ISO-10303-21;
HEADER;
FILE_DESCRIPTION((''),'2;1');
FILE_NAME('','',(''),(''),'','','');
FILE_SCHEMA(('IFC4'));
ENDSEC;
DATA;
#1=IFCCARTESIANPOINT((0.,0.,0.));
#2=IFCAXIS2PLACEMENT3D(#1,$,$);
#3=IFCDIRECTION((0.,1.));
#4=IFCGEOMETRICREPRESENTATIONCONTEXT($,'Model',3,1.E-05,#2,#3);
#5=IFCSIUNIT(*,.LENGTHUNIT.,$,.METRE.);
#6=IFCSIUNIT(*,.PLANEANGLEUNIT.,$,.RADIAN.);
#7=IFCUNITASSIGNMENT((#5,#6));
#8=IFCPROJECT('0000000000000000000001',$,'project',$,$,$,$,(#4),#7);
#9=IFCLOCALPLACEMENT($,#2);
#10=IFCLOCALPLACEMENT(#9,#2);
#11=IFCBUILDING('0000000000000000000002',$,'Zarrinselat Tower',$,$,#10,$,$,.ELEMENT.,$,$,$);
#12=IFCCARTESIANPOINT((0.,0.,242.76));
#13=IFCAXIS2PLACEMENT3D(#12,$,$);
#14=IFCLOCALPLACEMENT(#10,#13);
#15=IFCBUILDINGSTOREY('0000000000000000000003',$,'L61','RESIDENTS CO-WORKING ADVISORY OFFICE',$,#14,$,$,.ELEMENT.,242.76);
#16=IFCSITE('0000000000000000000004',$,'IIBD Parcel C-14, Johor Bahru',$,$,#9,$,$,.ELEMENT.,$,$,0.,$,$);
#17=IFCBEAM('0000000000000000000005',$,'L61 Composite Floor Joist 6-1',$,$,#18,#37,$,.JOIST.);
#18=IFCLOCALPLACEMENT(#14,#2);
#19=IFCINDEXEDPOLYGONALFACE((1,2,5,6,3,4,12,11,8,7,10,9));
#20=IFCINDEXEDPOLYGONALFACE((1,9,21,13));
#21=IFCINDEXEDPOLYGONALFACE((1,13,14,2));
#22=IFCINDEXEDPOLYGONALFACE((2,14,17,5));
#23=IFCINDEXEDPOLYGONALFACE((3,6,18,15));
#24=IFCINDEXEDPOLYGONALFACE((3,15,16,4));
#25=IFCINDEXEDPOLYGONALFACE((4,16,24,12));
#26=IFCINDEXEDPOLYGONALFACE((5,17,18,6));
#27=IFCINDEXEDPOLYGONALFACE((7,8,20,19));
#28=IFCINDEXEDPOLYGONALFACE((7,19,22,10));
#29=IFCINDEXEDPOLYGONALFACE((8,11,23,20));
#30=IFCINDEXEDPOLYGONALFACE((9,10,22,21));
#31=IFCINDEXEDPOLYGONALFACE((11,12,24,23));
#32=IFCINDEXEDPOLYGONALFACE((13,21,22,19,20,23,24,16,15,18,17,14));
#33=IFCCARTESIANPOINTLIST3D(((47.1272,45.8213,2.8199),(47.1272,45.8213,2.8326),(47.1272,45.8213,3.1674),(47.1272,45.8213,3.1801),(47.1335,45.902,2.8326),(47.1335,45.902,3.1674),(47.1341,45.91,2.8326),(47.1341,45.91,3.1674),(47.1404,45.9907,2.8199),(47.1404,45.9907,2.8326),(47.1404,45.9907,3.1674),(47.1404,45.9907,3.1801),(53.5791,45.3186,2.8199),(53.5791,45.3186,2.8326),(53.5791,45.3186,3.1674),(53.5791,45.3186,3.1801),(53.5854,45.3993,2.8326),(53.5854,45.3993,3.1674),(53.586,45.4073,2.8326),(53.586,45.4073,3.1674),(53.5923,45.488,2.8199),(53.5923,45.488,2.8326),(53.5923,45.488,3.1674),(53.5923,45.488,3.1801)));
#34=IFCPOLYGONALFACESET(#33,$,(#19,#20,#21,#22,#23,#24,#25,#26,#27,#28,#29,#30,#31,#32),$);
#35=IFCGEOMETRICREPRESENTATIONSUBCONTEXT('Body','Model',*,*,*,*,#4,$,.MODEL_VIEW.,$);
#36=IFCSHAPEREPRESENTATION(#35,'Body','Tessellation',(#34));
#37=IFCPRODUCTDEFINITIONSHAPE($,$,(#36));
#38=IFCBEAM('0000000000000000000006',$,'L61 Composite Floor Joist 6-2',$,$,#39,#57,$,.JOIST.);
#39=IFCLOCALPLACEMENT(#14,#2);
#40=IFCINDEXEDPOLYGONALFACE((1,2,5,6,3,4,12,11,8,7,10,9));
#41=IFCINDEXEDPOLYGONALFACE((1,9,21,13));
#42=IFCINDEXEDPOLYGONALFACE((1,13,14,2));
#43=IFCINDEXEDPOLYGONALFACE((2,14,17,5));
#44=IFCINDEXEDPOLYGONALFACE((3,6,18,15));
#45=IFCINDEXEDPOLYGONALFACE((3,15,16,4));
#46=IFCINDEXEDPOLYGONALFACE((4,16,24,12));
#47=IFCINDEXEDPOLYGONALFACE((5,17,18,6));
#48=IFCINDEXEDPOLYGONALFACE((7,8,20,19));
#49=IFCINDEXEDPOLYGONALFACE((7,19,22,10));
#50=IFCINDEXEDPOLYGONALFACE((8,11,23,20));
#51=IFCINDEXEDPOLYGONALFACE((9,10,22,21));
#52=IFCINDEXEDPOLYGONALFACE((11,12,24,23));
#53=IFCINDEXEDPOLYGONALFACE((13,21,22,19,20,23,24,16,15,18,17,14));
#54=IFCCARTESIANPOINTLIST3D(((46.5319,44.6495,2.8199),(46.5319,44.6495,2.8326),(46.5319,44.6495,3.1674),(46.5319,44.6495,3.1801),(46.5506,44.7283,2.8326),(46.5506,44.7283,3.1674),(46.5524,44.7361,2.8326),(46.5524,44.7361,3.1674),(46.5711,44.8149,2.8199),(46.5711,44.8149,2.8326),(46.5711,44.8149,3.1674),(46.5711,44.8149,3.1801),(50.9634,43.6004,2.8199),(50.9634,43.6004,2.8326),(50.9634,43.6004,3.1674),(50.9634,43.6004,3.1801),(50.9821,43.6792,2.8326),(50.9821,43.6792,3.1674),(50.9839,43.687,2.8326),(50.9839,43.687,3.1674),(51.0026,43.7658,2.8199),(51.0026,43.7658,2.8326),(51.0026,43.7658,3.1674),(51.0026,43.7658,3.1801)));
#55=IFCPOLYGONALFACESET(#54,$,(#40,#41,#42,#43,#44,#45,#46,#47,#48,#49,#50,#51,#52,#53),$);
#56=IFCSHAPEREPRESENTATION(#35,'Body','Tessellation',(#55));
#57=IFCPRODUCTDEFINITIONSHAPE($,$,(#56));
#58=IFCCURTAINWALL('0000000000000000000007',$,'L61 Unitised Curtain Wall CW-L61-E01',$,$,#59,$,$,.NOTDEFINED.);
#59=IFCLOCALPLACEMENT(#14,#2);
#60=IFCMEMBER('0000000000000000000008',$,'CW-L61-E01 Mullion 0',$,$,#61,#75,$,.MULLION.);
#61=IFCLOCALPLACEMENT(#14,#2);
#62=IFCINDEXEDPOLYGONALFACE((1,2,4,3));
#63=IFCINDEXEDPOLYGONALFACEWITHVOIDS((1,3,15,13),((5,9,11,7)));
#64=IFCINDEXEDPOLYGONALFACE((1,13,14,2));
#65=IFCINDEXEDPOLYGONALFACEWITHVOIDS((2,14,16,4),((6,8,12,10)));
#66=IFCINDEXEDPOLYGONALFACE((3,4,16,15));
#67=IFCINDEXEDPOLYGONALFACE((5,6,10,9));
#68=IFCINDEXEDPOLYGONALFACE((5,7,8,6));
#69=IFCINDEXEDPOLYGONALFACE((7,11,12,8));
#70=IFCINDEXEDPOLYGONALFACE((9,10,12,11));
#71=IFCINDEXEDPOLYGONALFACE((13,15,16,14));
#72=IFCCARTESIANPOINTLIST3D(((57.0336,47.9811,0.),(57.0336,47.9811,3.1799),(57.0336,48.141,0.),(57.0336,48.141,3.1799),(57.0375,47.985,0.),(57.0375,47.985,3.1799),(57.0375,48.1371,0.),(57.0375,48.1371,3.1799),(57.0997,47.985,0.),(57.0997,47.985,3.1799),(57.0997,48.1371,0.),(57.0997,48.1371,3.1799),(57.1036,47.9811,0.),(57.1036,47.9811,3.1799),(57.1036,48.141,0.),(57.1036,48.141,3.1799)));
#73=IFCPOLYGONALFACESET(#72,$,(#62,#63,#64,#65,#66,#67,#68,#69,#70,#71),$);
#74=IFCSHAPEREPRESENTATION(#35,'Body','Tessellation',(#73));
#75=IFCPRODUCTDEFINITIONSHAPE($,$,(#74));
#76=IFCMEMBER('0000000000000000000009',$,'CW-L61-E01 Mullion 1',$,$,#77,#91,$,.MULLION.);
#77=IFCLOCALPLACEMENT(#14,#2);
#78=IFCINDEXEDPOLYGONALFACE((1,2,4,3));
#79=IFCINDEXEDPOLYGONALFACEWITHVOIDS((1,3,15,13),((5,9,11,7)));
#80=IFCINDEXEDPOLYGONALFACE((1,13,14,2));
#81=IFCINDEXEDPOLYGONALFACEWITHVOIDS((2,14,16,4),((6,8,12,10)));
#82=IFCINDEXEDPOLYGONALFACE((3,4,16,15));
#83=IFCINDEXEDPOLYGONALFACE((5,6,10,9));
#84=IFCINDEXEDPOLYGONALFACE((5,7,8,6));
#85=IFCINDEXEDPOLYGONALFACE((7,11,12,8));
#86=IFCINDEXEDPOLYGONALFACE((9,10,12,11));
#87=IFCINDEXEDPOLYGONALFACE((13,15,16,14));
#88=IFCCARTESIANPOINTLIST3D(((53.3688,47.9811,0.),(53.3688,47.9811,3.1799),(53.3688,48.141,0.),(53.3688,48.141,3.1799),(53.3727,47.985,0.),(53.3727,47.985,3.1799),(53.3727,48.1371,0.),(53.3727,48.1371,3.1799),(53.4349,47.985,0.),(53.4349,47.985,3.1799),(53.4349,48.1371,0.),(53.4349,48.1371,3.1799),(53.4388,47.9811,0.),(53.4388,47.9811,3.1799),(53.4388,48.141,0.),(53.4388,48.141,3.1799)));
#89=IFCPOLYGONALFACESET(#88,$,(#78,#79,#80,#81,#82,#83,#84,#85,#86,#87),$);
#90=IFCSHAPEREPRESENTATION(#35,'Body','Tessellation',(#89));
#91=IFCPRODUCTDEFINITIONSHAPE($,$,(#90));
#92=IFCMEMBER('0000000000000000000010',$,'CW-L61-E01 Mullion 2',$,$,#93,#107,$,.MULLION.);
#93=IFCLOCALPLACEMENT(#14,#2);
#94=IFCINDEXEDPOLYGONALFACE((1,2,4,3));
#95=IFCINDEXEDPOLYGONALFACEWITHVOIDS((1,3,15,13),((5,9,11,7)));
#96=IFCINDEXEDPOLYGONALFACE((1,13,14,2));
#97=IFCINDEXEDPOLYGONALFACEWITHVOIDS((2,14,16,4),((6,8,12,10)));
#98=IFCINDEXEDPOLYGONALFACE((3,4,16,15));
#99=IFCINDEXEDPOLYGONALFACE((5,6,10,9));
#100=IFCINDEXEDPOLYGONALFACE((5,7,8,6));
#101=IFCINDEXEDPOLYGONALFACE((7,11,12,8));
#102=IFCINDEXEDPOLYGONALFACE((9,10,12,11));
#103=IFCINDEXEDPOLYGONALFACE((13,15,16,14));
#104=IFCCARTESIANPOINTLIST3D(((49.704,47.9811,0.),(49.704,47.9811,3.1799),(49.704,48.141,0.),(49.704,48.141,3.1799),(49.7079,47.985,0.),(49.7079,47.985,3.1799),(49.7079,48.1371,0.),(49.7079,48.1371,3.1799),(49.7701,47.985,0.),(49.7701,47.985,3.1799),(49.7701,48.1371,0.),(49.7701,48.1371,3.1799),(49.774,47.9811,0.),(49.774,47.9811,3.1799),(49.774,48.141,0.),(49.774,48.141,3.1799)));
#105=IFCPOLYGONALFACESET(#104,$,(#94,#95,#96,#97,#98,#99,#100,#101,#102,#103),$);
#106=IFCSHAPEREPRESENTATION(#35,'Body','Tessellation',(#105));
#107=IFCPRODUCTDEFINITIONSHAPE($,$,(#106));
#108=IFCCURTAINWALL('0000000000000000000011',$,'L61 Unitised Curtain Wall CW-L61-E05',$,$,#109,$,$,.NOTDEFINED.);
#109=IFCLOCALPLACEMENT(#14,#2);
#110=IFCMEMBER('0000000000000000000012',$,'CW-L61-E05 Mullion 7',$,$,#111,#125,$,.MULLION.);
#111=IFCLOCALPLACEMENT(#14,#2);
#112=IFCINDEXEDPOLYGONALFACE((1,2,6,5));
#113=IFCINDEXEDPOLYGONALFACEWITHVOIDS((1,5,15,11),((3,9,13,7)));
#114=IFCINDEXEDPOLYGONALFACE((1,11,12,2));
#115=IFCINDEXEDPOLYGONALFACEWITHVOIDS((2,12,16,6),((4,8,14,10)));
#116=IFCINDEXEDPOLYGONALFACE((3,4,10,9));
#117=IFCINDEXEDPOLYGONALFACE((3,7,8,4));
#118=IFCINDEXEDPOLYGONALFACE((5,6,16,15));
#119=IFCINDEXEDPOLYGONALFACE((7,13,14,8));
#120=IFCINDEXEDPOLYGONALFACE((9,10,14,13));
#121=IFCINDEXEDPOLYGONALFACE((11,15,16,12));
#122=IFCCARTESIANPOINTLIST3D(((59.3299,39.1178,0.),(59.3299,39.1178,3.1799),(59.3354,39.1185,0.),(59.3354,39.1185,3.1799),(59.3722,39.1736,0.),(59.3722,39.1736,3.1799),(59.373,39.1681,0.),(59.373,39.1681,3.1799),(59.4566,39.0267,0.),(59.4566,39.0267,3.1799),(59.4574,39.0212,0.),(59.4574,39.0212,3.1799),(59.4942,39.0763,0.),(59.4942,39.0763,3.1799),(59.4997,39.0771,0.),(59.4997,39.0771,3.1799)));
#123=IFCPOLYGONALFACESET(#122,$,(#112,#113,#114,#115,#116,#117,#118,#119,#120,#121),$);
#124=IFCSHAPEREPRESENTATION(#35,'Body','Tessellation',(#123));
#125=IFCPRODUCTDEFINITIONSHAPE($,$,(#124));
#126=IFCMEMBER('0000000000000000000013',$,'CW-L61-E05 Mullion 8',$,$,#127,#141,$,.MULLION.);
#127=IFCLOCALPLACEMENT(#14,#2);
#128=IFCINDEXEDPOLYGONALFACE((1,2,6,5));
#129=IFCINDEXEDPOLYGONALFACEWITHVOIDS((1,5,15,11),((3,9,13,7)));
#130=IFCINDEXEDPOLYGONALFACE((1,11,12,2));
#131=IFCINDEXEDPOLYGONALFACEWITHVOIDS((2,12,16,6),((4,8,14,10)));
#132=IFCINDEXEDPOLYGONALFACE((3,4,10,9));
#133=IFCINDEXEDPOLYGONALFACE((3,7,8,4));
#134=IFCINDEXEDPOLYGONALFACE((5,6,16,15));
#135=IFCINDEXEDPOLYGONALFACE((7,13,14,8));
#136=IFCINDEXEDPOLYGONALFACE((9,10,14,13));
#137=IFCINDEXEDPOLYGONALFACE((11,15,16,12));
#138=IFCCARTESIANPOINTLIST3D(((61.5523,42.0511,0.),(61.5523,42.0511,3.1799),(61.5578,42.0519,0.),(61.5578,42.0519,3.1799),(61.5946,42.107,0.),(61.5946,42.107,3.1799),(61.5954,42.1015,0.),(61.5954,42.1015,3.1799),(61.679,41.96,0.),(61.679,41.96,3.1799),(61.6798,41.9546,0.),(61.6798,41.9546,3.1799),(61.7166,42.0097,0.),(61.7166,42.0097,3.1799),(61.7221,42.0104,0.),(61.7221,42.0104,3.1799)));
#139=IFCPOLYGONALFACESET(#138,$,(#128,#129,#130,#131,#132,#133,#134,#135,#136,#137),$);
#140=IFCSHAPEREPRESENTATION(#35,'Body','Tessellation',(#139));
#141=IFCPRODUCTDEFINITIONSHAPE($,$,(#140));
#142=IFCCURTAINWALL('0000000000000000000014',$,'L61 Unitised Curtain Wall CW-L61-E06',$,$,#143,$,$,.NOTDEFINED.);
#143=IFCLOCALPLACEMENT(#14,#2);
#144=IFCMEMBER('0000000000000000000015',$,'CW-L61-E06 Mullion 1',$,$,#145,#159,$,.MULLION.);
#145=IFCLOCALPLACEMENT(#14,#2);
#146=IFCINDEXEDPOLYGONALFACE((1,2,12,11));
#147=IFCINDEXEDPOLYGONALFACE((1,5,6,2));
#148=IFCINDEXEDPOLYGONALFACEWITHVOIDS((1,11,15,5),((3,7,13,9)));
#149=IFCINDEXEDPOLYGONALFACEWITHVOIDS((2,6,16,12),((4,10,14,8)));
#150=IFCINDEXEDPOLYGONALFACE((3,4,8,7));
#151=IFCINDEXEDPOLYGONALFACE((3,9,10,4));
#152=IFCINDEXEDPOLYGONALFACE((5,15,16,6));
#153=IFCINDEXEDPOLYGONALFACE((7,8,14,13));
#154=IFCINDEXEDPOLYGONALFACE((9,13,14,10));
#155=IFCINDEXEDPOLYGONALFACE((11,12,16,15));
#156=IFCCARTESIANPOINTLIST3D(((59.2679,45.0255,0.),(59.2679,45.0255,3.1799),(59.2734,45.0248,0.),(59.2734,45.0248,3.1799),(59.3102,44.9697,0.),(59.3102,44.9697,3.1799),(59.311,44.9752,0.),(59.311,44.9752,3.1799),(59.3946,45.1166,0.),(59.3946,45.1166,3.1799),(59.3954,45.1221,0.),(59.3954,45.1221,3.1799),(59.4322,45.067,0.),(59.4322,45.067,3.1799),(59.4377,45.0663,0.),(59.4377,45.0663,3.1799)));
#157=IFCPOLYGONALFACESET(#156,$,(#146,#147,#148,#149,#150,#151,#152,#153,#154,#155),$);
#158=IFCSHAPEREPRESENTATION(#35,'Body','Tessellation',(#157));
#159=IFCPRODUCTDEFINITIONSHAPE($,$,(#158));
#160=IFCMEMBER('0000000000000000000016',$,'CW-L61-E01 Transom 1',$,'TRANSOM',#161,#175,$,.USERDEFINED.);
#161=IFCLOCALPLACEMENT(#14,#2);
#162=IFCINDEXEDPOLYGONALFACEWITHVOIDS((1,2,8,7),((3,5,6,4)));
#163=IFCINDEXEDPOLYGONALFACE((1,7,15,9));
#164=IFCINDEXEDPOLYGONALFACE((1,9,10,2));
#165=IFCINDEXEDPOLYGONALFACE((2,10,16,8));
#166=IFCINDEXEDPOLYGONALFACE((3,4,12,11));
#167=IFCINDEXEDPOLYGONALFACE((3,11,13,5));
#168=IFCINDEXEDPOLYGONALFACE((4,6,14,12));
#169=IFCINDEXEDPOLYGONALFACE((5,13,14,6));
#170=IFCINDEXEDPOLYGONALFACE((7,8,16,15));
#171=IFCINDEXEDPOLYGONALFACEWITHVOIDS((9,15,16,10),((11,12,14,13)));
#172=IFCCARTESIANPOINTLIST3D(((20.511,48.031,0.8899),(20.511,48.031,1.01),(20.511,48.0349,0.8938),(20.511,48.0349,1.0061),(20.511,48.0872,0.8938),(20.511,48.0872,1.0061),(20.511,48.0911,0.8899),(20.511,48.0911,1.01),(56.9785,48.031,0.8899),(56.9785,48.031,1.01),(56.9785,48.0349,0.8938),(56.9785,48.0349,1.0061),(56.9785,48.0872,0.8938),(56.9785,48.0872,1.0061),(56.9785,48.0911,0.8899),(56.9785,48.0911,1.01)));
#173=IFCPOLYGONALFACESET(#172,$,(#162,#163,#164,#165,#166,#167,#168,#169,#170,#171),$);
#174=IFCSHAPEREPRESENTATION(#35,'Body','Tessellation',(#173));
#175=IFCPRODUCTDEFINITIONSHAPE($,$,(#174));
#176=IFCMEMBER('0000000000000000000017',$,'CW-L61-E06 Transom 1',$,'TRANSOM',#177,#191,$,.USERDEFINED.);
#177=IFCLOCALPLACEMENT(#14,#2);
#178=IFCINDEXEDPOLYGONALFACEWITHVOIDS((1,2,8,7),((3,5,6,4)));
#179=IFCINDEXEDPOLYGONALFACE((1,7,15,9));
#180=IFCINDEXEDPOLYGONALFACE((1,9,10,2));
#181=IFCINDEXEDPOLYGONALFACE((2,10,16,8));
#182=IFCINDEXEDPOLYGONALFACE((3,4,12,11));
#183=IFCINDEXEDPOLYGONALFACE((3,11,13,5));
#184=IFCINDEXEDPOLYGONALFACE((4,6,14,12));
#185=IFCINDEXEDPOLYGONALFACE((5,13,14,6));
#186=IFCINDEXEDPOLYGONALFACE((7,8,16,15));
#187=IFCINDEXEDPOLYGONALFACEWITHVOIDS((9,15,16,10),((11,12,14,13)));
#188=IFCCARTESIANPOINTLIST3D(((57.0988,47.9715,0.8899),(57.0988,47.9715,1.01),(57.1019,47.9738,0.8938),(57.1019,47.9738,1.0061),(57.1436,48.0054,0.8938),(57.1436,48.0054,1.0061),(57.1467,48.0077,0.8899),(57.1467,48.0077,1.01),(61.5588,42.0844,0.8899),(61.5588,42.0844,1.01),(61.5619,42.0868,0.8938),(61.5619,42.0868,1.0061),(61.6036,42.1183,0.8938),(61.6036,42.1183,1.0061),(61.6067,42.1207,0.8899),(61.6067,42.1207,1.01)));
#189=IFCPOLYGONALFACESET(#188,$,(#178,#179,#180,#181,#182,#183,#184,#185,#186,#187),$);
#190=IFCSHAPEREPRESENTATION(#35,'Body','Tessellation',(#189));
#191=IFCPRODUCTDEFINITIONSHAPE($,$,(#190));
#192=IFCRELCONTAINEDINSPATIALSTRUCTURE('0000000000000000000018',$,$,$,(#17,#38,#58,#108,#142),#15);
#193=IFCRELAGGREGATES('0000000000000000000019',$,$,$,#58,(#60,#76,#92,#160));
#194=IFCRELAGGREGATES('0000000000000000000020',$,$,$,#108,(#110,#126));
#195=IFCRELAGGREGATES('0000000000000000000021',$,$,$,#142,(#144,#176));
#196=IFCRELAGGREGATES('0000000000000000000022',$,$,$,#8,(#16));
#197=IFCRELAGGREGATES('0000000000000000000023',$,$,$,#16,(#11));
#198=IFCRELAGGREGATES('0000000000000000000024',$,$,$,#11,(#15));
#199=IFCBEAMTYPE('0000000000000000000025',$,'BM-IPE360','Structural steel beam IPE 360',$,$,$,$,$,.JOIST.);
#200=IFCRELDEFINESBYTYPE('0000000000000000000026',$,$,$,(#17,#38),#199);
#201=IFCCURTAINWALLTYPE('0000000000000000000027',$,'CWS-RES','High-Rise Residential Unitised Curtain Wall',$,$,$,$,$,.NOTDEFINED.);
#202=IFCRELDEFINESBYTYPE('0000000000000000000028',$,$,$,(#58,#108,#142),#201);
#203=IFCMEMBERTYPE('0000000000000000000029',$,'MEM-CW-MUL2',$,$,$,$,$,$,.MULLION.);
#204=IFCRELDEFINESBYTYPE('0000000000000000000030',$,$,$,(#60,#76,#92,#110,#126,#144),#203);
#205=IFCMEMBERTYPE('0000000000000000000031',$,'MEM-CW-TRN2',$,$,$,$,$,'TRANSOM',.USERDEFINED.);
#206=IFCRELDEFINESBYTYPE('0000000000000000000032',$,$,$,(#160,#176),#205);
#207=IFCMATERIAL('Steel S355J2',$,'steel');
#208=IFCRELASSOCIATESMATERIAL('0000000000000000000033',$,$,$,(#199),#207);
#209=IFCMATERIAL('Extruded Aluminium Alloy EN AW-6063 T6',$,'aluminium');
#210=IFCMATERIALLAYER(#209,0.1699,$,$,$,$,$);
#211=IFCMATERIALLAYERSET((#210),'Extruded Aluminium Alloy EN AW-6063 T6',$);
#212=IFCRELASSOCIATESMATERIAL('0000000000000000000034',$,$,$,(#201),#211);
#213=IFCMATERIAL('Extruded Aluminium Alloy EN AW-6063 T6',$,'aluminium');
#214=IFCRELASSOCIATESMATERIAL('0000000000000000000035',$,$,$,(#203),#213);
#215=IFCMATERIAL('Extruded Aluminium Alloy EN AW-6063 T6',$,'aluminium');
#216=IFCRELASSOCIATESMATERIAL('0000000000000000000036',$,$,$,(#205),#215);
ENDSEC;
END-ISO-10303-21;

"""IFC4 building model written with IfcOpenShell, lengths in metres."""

from ifc_helpers import new_model, si_unit, direction, frame, origin, origin_2d, place, context, subcontext, project, spatial, hollow_rectangle, i_section, extrude, material, layer, layer_set, material_profile, profile_set, type_object, element, aggregate, save


model = new_model("IFC4")

# Units and contexts
model_context = context("Model", 3, precision=1e-05, world=origin(), true_north=direction((0.0, 1.0)))
body_context = subcontext(model_context, "Body", "Model", "MODEL_VIEW")
ifc_project = project(units=[si_unit("LENGTHUNIT", "METRE"), si_unit("PLANEANGLEUNIT", "RADIAN")], contexts=[model_context])

# Site, building, storey
site_placement = place(None, origin())
site = spatial("IfcSite", under=ifc_project, at=site_placement, Name="IIBD Parcel C-14, Johor Bahru", CompositionType="ELEMENT", RefElevation=0.0)
building_placement = place(site_placement, origin())
building = spatial("IfcBuilding", under=site, at=building_placement, Name="Zarrinselat Tower", CompositionType="ELEMENT")
storey_placement = place(building_placement, frame((0.0, 0.0, 242.76)))
storey = spatial("IfcBuildingStorey", under=building, at=storey_placement, Name="L61", Description="RESIDENTS CO-WORKING ADVISORY OFFICE", CompositionType="ELEMENT", Elevation=242.76)

# Beams
ifc_material_1 = material(Name="Steel S355J2", Category="steel")
ifc_material_profile_1 = material_profile(ifc_material_1, i_section(OverallWidth=0.1699, OverallDepth=0.3601, WebThickness=0.0081, FlangeThickness=0.0127, at=origin_2d()), Name="IPE 360")
ifc_profile_set_1 = profile_set([ifc_material_profile_1], Name="Steel S355J2")
beam_type_1 = type_object("IfcBeamType", Name="BM-IPE360", Description="Structural steel beam IPE 360", PredefinedType="JOIST", material=ifc_profile_set_1)
beam_1_placement = place(storey_placement, frame((47.1338, 45.906, 3.0), z_axis=(0.996979, -0.077677, 0.0), x_axis=(0.077677, 0.996979, 0.0)))
element("IfcBeam", 1, at=beam_1_placement, inside=storey, type_object=beam_type_1, Name="L61 Composite Floor Joist 6-1", PredefinedType="JOIST", context=body_context, shape_type="SweptSolid", body=[
    extrude(i_section(OverallWidth=0.1699, OverallDepth=0.3601, WebThickness=0.0081, FlangeThickness=0.0127, at=origin_2d()), origin(), (0.0, 0.0, 1.0), 6.4714),
])
beam_2_placement = place(storey_placement, frame((46.5515, 44.7322, 3.0), z_axis=(0.973103, -0.230369, 0.0), x_axis=(0.230369, 0.973103, 0.0)))
element("IfcBeam", 2, at=beam_2_placement, inside=storey, type_object=beam_type_1, Name="L61 Composite Floor Joist 6-2", PredefinedType="JOIST", context=body_context, shape_type="SweptSolid", body=[
    extrude(i_section(OverallWidth=0.1699, OverallDepth=0.3601, WebThickness=0.0081, FlangeThickness=0.0127, at=origin_2d()), origin(), (0.0, 0.0, 1.0), 4.554),
])

# Curtain walls, members
ifc_material_2 = material(Name="Extruded Aluminium Alloy EN AW-6063 T6", Category="aluminium")
ifc_layer_1 = layer(ifc_material_2, 0.1699)
ifc_layer_set_1 = layer_set([ifc_layer_1], Name="Extruded Aluminium Alloy EN AW-6063 T6")
curtain_wall_type = type_object("IfcCurtainWallType", Name="CWS-RES", Description="High-Rise Residential Unitised Curtain Wall", PredefinedType="NOTDEFINED", material=ifc_layer_set_1)
curtain_wall_1_placement = place(storey_placement, origin())
curtain_wall_1 = element("IfcCurtainWall", 3, at=curtain_wall_1_placement, inside=storey, type_object=curtain_wall_type, Name="L61 Unitised Curtain Wall CW-L61-E01", PredefinedType="NOTDEFINED")
ifc_material_3 = material(Name="Extruded Aluminium Alloy EN AW-6063 T6", Category="aluminium")
ifc_material_profile_2 = material_profile(ifc_material_3, hollow_rectangle(XDim=0.0701, YDim=0.1599, WallThickness=0.0039, at=origin_2d()), Name="RHS 160x70x4")
ifc_profile_set_2 = profile_set([ifc_material_profile_2], Name="Extruded Aluminium Alloy EN AW-6063 T6")
member_type_1 = type_object("IfcMemberType", Name="MEM-CW-MUL2", PredefinedType="MULLION", material=ifc_profile_set_2)
member_1_placement = place(storey_placement, frame((57.0686, 48.061, 0.0), z_axis=(0.0, 0.0, 1.0), x_axis=(-1.0, 0.0, 0.0)))
member_1 = element("IfcMember", 4, at=member_1_placement, type_object=member_type_1, Name="CW-L61-E01 Mullion 0", PredefinedType="MULLION", context=body_context, shape_type="SweptSolid", body=[
    extrude(hollow_rectangle(XDim=0.0701, YDim=0.1599, WallThickness=0.0039, at=origin_2d()), origin(), (0.0, 0.0, 1.0), 3.1799),
])
member_2_placement = place(storey_placement, frame((53.4038, 48.061, 0.0), z_axis=(0.0, 0.0, 1.0), x_axis=(-1.0, 0.0, 0.0)))
member_2 = element("IfcMember", 5, at=member_2_placement, type_object=member_type_1, Name="CW-L61-E01 Mullion 1", PredefinedType="MULLION", context=body_context, shape_type="SweptSolid", body=[
    extrude(hollow_rectangle(XDim=0.0701, YDim=0.1599, WallThickness=0.0039, at=origin_2d()), origin(), (0.0, 0.0, 1.0), 3.1799),
])
member_3_placement = place(storey_placement, frame((49.739, 48.061, 0.0), z_axis=(0.0, 0.0, 1.0), x_axis=(-1.0, 0.0, 0.0)))
member_3 = element("IfcMember", 6, at=member_3_placement, type_object=member_type_1, Name="CW-L61-E01 Mullion 2", PredefinedType="MULLION", context=body_context, shape_type="SweptSolid", body=[
    extrude(hollow_rectangle(XDim=0.0701, YDim=0.1599, WallThickness=0.0039, at=origin_2d()), origin(), (0.0, 0.0, 1.0), 3.1799),
])
curtain_wall_2_placement = place(storey_placement, origin())
curtain_wall_2 = element("IfcCurtainWall", 7, at=curtain_wall_2_placement, inside=storey, type_object=curtain_wall_type, Name="L61 Unitised Curtain Wall CW-L61-E05", PredefinedType="NOTDEFINED")
member_4_placement = place(storey_placement, frame((59.4148, 39.0974, 0.0), z_axis=(0.0, 0.0, 1.0), x_axis=(0.603858, 0.797092, 0.0)))
member_4 = element("IfcMember", 8, at=member_4_placement, type_object=member_type_1, Name="CW-L61-E05 Mullion 7", PredefinedType="MULLION", context=body_context, shape_type="SweptSolid", body=[
    extrude(hollow_rectangle(XDim=0.0701, YDim=0.1599, WallThickness=0.0039, at=origin_2d()), origin(), (0.0, 0.0, 1.0), 3.1799),
])
member_5_placement = place(storey_placement, frame((61.6372, 42.0308, 0.0), z_axis=(0.0, 0.0, 1.0), x_axis=(0.603858, 0.797092, 0.0)))
member_5 = element("IfcMember", 9, at=member_5_placement, type_object=member_type_1, Name="CW-L61-E05 Mullion 8", PredefinedType="MULLION", context=body_context, shape_type="SweptSolid", body=[
    extrude(hollow_rectangle(XDim=0.0701, YDim=0.1599, WallThickness=0.0039, at=origin_2d()), origin(), (0.0, 0.0, 1.0), 3.1799),
])

# Curtain wall, member
curtain_wall_3_placement = place(storey_placement, origin())
curtain_wall_3 = element("IfcCurtainWall", 10, at=curtain_wall_3_placement, inside=storey, type_object=curtain_wall_type, Name="L61 Unitised Curtain Wall CW-L61-E06", PredefinedType="NOTDEFINED")
member_6_placement = place(storey_placement, frame((59.3528, 45.0459, 0.0), z_axis=(0.0, 0.0, 1.0), x_axis=(-0.603865, 0.797086, 0.0)))
member_6 = element("IfcMember", 11, at=member_6_placement, type_object=member_type_1, Name="CW-L61-E06 Mullion 1", PredefinedType="MULLION", context=body_context, shape_type="SweptSolid", body=[
    extrude(hollow_rectangle(XDim=0.0701, YDim=0.1599, WallThickness=0.0039, at=origin_2d()), origin(), (0.0, 0.0, 1.0), 3.1799),
])

# Members
ifc_material_4 = material(Name="Extruded Aluminium Alloy EN AW-6063 T6", Category="aluminium")
ifc_material_profile_3 = material_profile(ifc_material_4, hollow_rectangle(XDim=0.0601, YDim=0.1201, WallThickness=0.0039, at=origin_2d()), Name="RHS 120x60x4")
ifc_profile_set_3 = profile_set([ifc_material_profile_3], Name="Extruded Aluminium Alloy EN AW-6063 T6")
member_type_2 = type_object("IfcMemberType", Name="MEM-CW-TRN2", ElementType="TRANSOM", PredefinedType="USERDEFINED", material=ifc_profile_set_3)
member_7_placement = place(storey_placement, frame((56.9785, 48.061, 0.95), z_axis=(-1.0, 0.0, 0.0), x_axis=(0.0, -1.0, 0.0)))
member_7 = element("IfcMember", 12, at=member_7_placement, type_object=member_type_2, Name="CW-L61-E01 Transom 1", ObjectType="TRANSOM", PredefinedType="USERDEFINED", context=body_context, shape_type="SweptSolid", body=[
    extrude(hollow_rectangle(XDim=0.0601, YDim=0.1201, WallThickness=0.0039, at=origin_2d()), origin(), (0.0, 0.0, 1.0), 36.4675),
])
member_8_placement = place(storey_placement, frame((61.5828, 42.1025, 0.95), z_axis=(-0.60387, 0.797083, 0.0), x_axis=(-0.797083, -0.60387, 0.0)))
member_8 = element("IfcMember", 13, at=member_8_placement, type_object=member_type_2, Name="CW-L61-E06 Transom 1", ObjectType="TRANSOM", PredefinedType="USERDEFINED", context=body_context, shape_type="SweptSolid", body=[
    extrude(hollow_rectangle(XDim=0.0601, YDim=0.1201, WallThickness=0.0039, at=origin_2d()), origin(), (0.0, 0.0, 1.0), 7.3857),
])

aggregate(curtain_wall_1, [member_1, member_2, member_3, member_7])
aggregate(curtain_wall_2, [member_4, member_5])
aggregate(curtain_wall_3, [member_6, member_8])

save(model, "model.ifc")
